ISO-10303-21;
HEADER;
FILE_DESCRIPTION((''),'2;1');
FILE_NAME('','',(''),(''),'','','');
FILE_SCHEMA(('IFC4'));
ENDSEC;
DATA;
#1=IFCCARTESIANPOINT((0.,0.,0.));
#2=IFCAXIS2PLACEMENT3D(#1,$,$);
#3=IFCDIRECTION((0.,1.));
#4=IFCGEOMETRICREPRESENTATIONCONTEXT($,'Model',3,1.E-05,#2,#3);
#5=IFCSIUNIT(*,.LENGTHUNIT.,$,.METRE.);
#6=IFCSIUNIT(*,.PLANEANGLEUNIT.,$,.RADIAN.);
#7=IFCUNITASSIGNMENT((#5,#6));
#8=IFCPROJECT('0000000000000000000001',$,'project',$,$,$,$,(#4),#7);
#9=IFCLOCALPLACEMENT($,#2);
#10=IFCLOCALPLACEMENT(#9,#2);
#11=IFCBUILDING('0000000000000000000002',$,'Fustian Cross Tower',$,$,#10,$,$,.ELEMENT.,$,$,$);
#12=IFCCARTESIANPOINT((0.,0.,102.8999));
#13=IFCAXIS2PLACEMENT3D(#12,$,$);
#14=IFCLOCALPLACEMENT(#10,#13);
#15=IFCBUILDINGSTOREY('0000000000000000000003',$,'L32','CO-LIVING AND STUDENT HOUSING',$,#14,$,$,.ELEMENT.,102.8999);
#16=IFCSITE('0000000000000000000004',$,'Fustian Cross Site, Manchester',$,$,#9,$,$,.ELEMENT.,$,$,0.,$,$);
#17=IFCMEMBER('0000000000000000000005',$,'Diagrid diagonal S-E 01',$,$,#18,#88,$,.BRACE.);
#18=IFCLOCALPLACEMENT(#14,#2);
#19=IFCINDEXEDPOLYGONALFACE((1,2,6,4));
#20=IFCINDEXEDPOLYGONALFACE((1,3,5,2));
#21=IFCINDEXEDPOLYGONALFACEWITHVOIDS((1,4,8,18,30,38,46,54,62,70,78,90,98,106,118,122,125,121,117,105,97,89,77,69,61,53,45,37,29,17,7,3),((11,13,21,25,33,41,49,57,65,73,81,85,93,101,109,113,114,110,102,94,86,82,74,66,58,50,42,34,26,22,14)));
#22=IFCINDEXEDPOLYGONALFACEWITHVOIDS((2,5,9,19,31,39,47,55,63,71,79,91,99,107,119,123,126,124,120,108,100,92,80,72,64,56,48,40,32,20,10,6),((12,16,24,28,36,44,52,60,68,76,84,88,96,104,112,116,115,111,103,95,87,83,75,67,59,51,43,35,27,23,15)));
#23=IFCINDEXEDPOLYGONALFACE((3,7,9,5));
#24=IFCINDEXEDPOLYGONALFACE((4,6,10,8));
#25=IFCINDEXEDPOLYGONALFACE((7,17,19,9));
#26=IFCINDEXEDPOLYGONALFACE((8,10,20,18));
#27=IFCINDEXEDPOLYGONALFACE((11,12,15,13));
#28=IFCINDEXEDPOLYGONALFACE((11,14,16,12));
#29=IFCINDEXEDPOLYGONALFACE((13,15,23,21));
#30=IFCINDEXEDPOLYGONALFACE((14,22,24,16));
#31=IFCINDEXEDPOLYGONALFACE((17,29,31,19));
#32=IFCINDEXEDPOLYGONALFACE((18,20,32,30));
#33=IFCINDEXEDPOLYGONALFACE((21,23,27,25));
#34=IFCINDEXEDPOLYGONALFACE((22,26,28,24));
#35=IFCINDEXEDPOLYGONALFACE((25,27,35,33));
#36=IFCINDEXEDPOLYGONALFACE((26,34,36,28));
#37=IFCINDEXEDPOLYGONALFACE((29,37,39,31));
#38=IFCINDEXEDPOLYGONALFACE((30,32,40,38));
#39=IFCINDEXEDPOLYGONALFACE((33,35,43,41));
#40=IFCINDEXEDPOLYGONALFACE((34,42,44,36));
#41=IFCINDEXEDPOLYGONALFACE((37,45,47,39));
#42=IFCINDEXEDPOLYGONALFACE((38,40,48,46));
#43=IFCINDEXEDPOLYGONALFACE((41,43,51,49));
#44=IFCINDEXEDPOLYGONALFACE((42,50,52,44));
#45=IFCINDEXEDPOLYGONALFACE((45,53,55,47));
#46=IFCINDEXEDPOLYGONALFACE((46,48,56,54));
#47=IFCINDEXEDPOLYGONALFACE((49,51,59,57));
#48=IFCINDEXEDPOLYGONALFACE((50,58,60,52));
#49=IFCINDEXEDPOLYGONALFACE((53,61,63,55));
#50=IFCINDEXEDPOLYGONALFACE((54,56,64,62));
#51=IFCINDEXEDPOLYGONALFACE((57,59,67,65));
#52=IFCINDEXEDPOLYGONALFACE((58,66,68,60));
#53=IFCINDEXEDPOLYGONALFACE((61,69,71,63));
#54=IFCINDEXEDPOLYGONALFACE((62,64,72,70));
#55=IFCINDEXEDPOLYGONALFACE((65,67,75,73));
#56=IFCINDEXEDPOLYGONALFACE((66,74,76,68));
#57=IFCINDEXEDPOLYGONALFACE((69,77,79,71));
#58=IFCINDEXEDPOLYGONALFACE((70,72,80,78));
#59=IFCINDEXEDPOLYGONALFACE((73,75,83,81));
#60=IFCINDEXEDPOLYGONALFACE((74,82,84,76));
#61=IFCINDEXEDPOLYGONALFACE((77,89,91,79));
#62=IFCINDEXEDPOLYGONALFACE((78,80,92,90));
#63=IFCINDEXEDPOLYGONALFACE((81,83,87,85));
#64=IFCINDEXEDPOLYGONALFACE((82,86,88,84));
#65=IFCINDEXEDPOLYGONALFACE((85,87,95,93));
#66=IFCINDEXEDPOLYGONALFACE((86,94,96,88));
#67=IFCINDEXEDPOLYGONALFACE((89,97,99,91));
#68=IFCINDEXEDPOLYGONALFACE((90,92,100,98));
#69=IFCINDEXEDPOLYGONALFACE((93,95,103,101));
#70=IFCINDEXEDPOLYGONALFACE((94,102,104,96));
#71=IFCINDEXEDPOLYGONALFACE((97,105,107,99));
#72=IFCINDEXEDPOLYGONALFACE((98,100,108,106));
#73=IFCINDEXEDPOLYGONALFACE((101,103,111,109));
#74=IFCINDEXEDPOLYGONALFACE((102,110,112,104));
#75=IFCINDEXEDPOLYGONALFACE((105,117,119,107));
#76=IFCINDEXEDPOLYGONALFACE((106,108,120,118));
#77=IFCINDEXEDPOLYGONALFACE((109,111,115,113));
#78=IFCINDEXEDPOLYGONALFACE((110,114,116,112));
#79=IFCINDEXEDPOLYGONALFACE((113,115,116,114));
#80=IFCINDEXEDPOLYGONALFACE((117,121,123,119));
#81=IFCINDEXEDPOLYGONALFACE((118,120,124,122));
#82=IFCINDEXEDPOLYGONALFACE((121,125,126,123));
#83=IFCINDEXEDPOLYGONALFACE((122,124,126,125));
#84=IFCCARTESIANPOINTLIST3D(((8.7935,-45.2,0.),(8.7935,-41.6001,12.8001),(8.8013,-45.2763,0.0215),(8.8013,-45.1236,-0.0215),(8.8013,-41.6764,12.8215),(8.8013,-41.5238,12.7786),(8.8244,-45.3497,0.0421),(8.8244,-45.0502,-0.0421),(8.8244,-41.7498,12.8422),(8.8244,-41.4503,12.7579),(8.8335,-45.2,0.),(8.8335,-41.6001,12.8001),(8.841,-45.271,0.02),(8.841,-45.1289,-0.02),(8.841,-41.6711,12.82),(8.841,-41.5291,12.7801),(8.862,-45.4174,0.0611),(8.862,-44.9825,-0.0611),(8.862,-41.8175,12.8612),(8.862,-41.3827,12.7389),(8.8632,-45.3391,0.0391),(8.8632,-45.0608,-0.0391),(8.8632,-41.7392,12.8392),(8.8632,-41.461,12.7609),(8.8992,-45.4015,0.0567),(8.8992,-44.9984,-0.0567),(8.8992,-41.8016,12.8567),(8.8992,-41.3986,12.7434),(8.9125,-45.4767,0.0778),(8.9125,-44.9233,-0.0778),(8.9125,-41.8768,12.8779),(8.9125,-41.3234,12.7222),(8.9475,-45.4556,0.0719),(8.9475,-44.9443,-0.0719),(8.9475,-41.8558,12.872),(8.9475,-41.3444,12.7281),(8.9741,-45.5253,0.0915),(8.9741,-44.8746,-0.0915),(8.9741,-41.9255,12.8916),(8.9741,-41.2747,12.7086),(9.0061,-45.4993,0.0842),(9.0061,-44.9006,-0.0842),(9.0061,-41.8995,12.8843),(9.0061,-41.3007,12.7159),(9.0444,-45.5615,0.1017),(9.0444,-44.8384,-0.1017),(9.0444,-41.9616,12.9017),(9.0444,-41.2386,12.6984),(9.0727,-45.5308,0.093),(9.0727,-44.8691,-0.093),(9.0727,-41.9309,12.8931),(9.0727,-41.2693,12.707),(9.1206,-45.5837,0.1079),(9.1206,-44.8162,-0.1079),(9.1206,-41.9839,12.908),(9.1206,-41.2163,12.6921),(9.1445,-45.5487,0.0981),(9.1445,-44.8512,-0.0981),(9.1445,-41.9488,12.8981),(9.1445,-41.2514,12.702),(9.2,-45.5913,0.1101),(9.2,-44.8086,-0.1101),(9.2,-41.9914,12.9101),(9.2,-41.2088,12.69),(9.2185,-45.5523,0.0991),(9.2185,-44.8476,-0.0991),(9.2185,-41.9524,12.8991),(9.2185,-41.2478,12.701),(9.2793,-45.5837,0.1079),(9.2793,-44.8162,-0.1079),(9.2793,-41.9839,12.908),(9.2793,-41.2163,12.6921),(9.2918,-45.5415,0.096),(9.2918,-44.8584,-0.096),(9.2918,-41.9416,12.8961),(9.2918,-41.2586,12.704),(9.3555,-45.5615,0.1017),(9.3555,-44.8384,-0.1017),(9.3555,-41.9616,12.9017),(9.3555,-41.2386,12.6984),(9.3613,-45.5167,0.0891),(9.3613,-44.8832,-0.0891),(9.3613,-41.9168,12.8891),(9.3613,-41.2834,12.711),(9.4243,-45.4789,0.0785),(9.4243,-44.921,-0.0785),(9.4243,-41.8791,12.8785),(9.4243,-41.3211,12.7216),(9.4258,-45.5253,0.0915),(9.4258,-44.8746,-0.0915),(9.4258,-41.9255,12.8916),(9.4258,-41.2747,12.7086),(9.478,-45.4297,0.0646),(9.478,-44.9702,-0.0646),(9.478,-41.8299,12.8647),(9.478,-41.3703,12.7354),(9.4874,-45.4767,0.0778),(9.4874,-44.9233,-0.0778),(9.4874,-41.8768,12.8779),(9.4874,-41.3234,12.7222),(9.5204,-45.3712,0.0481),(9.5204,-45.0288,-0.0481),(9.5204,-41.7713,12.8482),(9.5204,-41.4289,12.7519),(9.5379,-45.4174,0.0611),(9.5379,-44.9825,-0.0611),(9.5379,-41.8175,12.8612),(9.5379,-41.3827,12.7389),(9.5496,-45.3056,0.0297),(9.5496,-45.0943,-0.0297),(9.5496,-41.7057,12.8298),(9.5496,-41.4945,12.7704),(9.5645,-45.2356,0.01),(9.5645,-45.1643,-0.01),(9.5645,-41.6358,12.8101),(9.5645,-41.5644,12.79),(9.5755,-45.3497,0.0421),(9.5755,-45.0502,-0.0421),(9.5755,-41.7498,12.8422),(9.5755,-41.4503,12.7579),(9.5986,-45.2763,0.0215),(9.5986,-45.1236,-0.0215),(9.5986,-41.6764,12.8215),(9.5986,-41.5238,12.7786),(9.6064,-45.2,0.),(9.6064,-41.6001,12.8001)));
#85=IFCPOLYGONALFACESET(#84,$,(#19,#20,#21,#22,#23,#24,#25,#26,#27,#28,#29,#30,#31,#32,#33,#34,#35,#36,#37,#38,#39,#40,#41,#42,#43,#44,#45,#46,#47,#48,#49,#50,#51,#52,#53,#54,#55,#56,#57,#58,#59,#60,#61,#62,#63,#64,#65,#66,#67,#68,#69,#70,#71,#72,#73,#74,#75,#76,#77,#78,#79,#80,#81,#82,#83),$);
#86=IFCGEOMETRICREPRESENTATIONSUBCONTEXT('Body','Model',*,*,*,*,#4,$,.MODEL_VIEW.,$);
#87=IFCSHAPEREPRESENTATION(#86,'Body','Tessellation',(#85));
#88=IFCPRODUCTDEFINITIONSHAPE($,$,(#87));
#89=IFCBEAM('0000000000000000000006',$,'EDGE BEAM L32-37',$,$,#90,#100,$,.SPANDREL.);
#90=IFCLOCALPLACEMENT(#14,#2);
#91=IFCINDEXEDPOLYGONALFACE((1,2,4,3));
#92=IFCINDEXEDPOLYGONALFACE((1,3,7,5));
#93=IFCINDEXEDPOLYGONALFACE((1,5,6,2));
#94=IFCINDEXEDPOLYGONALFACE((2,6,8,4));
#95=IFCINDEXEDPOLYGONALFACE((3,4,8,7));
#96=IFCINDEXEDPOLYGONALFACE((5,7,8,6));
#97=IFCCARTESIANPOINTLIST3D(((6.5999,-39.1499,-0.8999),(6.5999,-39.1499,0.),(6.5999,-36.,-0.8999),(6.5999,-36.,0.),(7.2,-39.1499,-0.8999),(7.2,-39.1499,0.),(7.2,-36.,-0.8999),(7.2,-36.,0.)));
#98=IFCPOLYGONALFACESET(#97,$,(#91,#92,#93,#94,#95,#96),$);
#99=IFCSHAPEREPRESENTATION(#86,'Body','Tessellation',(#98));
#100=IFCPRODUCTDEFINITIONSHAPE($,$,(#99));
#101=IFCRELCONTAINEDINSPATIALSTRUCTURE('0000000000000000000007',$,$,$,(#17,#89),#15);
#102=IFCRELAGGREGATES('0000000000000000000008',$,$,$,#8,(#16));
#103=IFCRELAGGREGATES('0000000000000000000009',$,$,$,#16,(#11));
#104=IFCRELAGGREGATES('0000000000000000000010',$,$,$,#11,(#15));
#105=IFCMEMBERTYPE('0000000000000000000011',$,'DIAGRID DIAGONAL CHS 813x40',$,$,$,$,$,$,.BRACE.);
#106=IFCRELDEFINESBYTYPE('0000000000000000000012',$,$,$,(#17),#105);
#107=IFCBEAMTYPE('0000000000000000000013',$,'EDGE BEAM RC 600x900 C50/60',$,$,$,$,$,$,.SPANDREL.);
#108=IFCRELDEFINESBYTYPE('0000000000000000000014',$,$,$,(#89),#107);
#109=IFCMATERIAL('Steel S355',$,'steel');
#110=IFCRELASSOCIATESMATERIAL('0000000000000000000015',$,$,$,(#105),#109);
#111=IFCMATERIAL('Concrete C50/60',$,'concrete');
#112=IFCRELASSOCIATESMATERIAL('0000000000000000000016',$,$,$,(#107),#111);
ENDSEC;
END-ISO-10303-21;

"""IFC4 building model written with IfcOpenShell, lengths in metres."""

from ifc_helpers import new_model, si_unit, direction, frame, origin, origin_2d, place, context, subcontext, project, spatial, rectangle, hollow_circle, extrude, material, material_profile, profile_set, type_object, element, save


model = new_model("IFC4")

# Units and contexts
model_context = context("Model", 3, precision=1e-05, world=origin(), true_north=direction((0.0, 1.0)))
body_context = subcontext(model_context, "Body", "Model", "MODEL_VIEW")
ifc_project = project(units=[si_unit("LENGTHUNIT", "METRE"), si_unit("PLANEANGLEUNIT", "RADIAN")], contexts=[model_context])

# Site, building, storey
site_placement = place(None, origin())
site = spatial("IfcSite", under=ifc_project, at=site_placement, Name="Fustian Cross Site, Manchester", CompositionType="ELEMENT", RefElevation=0.0)
building_placement = place(site_placement, origin())
building = spatial("IfcBuilding", under=site, at=building_placement, Name="Fustian Cross Tower", CompositionType="ELEMENT")
storey_placement = place(building_placement, frame((0.0, 0.0, 102.8999)))
storey = spatial("IfcBuildingStorey", under=building, at=storey_placement, Name="L32", Description="CO-LIVING AND STUDENT HOUSING", CompositionType="ELEMENT", Elevation=102.8999)

# Member
ifc_material_1 = material(Name="Steel S355", Category="steel")
ifc_material_profile_1 = material_profile(ifc_material_1, hollow_circle(Radius=0.4065, WallThickness=0.04, at=origin_2d()), Name="CHS 813x40")
ifc_profile_set_1 = profile_set([ifc_material_profile_1], Name="Steel S355")
member_type_1 = type_object("IfcMemberType", Name="DIAGRID DIAGONAL CHS 813x40", PredefinedType="BRACE", material=ifc_profile_set_1)
member_1_placement = place(storey_placement, frame((9.2, -45.2, 0.0), z_axis=(0.0, 0.270734, 0.962654), x_axis=(-1.0, 0.0, 0.0)))
element("IfcMember", 1, at=member_1_placement, inside=storey, type_object=member_type_1, Name="Diagrid diagonal S-E 01", PredefinedType="BRACE", context=body_context, shape_type="SweptSolid", body=[
    extrude(hollow_circle(Radius=0.4065, WallThickness=0.04, at=origin_2d()), origin(), (0.0, 0.0, 1.0), 13.2966),
])

# Beam
ifc_material_2 = material(Name="Concrete C50/60", Category="concrete")
ifc_material_profile_2 = material_profile(ifc_material_2, rectangle(XDim=0.6001, YDim=0.8999, at=origin_2d()), Name="RC 600x900")
ifc_profile_set_2 = profile_set([ifc_material_profile_2], Name="Concrete C50/60")
beam_type = type_object("IfcBeamType", Name="EDGE BEAM RC 600x900 C50/60", PredefinedType="SPANDREL", material=ifc_profile_set_2)
beam_placement = place(storey_placement, frame((6.8999, -39.1499, -0.45), z_axis=(0.0, 1.0, 0.0), x_axis=(-1.0, 0.0, 0.0)))
element("IfcBeam", 2, at=beam_placement, inside=storey, type_object=beam_type, Name="EDGE BEAM L32-37", PredefinedType="SPANDREL", context=body_context, shape_type="SweptSolid", body=[
    extrude(rectangle(XDim=0.6001, YDim=0.8999, at=origin_2d()), origin(), (0.0, 0.0, 1.0), 3.1499),
])

save(model, "model.ifc")
